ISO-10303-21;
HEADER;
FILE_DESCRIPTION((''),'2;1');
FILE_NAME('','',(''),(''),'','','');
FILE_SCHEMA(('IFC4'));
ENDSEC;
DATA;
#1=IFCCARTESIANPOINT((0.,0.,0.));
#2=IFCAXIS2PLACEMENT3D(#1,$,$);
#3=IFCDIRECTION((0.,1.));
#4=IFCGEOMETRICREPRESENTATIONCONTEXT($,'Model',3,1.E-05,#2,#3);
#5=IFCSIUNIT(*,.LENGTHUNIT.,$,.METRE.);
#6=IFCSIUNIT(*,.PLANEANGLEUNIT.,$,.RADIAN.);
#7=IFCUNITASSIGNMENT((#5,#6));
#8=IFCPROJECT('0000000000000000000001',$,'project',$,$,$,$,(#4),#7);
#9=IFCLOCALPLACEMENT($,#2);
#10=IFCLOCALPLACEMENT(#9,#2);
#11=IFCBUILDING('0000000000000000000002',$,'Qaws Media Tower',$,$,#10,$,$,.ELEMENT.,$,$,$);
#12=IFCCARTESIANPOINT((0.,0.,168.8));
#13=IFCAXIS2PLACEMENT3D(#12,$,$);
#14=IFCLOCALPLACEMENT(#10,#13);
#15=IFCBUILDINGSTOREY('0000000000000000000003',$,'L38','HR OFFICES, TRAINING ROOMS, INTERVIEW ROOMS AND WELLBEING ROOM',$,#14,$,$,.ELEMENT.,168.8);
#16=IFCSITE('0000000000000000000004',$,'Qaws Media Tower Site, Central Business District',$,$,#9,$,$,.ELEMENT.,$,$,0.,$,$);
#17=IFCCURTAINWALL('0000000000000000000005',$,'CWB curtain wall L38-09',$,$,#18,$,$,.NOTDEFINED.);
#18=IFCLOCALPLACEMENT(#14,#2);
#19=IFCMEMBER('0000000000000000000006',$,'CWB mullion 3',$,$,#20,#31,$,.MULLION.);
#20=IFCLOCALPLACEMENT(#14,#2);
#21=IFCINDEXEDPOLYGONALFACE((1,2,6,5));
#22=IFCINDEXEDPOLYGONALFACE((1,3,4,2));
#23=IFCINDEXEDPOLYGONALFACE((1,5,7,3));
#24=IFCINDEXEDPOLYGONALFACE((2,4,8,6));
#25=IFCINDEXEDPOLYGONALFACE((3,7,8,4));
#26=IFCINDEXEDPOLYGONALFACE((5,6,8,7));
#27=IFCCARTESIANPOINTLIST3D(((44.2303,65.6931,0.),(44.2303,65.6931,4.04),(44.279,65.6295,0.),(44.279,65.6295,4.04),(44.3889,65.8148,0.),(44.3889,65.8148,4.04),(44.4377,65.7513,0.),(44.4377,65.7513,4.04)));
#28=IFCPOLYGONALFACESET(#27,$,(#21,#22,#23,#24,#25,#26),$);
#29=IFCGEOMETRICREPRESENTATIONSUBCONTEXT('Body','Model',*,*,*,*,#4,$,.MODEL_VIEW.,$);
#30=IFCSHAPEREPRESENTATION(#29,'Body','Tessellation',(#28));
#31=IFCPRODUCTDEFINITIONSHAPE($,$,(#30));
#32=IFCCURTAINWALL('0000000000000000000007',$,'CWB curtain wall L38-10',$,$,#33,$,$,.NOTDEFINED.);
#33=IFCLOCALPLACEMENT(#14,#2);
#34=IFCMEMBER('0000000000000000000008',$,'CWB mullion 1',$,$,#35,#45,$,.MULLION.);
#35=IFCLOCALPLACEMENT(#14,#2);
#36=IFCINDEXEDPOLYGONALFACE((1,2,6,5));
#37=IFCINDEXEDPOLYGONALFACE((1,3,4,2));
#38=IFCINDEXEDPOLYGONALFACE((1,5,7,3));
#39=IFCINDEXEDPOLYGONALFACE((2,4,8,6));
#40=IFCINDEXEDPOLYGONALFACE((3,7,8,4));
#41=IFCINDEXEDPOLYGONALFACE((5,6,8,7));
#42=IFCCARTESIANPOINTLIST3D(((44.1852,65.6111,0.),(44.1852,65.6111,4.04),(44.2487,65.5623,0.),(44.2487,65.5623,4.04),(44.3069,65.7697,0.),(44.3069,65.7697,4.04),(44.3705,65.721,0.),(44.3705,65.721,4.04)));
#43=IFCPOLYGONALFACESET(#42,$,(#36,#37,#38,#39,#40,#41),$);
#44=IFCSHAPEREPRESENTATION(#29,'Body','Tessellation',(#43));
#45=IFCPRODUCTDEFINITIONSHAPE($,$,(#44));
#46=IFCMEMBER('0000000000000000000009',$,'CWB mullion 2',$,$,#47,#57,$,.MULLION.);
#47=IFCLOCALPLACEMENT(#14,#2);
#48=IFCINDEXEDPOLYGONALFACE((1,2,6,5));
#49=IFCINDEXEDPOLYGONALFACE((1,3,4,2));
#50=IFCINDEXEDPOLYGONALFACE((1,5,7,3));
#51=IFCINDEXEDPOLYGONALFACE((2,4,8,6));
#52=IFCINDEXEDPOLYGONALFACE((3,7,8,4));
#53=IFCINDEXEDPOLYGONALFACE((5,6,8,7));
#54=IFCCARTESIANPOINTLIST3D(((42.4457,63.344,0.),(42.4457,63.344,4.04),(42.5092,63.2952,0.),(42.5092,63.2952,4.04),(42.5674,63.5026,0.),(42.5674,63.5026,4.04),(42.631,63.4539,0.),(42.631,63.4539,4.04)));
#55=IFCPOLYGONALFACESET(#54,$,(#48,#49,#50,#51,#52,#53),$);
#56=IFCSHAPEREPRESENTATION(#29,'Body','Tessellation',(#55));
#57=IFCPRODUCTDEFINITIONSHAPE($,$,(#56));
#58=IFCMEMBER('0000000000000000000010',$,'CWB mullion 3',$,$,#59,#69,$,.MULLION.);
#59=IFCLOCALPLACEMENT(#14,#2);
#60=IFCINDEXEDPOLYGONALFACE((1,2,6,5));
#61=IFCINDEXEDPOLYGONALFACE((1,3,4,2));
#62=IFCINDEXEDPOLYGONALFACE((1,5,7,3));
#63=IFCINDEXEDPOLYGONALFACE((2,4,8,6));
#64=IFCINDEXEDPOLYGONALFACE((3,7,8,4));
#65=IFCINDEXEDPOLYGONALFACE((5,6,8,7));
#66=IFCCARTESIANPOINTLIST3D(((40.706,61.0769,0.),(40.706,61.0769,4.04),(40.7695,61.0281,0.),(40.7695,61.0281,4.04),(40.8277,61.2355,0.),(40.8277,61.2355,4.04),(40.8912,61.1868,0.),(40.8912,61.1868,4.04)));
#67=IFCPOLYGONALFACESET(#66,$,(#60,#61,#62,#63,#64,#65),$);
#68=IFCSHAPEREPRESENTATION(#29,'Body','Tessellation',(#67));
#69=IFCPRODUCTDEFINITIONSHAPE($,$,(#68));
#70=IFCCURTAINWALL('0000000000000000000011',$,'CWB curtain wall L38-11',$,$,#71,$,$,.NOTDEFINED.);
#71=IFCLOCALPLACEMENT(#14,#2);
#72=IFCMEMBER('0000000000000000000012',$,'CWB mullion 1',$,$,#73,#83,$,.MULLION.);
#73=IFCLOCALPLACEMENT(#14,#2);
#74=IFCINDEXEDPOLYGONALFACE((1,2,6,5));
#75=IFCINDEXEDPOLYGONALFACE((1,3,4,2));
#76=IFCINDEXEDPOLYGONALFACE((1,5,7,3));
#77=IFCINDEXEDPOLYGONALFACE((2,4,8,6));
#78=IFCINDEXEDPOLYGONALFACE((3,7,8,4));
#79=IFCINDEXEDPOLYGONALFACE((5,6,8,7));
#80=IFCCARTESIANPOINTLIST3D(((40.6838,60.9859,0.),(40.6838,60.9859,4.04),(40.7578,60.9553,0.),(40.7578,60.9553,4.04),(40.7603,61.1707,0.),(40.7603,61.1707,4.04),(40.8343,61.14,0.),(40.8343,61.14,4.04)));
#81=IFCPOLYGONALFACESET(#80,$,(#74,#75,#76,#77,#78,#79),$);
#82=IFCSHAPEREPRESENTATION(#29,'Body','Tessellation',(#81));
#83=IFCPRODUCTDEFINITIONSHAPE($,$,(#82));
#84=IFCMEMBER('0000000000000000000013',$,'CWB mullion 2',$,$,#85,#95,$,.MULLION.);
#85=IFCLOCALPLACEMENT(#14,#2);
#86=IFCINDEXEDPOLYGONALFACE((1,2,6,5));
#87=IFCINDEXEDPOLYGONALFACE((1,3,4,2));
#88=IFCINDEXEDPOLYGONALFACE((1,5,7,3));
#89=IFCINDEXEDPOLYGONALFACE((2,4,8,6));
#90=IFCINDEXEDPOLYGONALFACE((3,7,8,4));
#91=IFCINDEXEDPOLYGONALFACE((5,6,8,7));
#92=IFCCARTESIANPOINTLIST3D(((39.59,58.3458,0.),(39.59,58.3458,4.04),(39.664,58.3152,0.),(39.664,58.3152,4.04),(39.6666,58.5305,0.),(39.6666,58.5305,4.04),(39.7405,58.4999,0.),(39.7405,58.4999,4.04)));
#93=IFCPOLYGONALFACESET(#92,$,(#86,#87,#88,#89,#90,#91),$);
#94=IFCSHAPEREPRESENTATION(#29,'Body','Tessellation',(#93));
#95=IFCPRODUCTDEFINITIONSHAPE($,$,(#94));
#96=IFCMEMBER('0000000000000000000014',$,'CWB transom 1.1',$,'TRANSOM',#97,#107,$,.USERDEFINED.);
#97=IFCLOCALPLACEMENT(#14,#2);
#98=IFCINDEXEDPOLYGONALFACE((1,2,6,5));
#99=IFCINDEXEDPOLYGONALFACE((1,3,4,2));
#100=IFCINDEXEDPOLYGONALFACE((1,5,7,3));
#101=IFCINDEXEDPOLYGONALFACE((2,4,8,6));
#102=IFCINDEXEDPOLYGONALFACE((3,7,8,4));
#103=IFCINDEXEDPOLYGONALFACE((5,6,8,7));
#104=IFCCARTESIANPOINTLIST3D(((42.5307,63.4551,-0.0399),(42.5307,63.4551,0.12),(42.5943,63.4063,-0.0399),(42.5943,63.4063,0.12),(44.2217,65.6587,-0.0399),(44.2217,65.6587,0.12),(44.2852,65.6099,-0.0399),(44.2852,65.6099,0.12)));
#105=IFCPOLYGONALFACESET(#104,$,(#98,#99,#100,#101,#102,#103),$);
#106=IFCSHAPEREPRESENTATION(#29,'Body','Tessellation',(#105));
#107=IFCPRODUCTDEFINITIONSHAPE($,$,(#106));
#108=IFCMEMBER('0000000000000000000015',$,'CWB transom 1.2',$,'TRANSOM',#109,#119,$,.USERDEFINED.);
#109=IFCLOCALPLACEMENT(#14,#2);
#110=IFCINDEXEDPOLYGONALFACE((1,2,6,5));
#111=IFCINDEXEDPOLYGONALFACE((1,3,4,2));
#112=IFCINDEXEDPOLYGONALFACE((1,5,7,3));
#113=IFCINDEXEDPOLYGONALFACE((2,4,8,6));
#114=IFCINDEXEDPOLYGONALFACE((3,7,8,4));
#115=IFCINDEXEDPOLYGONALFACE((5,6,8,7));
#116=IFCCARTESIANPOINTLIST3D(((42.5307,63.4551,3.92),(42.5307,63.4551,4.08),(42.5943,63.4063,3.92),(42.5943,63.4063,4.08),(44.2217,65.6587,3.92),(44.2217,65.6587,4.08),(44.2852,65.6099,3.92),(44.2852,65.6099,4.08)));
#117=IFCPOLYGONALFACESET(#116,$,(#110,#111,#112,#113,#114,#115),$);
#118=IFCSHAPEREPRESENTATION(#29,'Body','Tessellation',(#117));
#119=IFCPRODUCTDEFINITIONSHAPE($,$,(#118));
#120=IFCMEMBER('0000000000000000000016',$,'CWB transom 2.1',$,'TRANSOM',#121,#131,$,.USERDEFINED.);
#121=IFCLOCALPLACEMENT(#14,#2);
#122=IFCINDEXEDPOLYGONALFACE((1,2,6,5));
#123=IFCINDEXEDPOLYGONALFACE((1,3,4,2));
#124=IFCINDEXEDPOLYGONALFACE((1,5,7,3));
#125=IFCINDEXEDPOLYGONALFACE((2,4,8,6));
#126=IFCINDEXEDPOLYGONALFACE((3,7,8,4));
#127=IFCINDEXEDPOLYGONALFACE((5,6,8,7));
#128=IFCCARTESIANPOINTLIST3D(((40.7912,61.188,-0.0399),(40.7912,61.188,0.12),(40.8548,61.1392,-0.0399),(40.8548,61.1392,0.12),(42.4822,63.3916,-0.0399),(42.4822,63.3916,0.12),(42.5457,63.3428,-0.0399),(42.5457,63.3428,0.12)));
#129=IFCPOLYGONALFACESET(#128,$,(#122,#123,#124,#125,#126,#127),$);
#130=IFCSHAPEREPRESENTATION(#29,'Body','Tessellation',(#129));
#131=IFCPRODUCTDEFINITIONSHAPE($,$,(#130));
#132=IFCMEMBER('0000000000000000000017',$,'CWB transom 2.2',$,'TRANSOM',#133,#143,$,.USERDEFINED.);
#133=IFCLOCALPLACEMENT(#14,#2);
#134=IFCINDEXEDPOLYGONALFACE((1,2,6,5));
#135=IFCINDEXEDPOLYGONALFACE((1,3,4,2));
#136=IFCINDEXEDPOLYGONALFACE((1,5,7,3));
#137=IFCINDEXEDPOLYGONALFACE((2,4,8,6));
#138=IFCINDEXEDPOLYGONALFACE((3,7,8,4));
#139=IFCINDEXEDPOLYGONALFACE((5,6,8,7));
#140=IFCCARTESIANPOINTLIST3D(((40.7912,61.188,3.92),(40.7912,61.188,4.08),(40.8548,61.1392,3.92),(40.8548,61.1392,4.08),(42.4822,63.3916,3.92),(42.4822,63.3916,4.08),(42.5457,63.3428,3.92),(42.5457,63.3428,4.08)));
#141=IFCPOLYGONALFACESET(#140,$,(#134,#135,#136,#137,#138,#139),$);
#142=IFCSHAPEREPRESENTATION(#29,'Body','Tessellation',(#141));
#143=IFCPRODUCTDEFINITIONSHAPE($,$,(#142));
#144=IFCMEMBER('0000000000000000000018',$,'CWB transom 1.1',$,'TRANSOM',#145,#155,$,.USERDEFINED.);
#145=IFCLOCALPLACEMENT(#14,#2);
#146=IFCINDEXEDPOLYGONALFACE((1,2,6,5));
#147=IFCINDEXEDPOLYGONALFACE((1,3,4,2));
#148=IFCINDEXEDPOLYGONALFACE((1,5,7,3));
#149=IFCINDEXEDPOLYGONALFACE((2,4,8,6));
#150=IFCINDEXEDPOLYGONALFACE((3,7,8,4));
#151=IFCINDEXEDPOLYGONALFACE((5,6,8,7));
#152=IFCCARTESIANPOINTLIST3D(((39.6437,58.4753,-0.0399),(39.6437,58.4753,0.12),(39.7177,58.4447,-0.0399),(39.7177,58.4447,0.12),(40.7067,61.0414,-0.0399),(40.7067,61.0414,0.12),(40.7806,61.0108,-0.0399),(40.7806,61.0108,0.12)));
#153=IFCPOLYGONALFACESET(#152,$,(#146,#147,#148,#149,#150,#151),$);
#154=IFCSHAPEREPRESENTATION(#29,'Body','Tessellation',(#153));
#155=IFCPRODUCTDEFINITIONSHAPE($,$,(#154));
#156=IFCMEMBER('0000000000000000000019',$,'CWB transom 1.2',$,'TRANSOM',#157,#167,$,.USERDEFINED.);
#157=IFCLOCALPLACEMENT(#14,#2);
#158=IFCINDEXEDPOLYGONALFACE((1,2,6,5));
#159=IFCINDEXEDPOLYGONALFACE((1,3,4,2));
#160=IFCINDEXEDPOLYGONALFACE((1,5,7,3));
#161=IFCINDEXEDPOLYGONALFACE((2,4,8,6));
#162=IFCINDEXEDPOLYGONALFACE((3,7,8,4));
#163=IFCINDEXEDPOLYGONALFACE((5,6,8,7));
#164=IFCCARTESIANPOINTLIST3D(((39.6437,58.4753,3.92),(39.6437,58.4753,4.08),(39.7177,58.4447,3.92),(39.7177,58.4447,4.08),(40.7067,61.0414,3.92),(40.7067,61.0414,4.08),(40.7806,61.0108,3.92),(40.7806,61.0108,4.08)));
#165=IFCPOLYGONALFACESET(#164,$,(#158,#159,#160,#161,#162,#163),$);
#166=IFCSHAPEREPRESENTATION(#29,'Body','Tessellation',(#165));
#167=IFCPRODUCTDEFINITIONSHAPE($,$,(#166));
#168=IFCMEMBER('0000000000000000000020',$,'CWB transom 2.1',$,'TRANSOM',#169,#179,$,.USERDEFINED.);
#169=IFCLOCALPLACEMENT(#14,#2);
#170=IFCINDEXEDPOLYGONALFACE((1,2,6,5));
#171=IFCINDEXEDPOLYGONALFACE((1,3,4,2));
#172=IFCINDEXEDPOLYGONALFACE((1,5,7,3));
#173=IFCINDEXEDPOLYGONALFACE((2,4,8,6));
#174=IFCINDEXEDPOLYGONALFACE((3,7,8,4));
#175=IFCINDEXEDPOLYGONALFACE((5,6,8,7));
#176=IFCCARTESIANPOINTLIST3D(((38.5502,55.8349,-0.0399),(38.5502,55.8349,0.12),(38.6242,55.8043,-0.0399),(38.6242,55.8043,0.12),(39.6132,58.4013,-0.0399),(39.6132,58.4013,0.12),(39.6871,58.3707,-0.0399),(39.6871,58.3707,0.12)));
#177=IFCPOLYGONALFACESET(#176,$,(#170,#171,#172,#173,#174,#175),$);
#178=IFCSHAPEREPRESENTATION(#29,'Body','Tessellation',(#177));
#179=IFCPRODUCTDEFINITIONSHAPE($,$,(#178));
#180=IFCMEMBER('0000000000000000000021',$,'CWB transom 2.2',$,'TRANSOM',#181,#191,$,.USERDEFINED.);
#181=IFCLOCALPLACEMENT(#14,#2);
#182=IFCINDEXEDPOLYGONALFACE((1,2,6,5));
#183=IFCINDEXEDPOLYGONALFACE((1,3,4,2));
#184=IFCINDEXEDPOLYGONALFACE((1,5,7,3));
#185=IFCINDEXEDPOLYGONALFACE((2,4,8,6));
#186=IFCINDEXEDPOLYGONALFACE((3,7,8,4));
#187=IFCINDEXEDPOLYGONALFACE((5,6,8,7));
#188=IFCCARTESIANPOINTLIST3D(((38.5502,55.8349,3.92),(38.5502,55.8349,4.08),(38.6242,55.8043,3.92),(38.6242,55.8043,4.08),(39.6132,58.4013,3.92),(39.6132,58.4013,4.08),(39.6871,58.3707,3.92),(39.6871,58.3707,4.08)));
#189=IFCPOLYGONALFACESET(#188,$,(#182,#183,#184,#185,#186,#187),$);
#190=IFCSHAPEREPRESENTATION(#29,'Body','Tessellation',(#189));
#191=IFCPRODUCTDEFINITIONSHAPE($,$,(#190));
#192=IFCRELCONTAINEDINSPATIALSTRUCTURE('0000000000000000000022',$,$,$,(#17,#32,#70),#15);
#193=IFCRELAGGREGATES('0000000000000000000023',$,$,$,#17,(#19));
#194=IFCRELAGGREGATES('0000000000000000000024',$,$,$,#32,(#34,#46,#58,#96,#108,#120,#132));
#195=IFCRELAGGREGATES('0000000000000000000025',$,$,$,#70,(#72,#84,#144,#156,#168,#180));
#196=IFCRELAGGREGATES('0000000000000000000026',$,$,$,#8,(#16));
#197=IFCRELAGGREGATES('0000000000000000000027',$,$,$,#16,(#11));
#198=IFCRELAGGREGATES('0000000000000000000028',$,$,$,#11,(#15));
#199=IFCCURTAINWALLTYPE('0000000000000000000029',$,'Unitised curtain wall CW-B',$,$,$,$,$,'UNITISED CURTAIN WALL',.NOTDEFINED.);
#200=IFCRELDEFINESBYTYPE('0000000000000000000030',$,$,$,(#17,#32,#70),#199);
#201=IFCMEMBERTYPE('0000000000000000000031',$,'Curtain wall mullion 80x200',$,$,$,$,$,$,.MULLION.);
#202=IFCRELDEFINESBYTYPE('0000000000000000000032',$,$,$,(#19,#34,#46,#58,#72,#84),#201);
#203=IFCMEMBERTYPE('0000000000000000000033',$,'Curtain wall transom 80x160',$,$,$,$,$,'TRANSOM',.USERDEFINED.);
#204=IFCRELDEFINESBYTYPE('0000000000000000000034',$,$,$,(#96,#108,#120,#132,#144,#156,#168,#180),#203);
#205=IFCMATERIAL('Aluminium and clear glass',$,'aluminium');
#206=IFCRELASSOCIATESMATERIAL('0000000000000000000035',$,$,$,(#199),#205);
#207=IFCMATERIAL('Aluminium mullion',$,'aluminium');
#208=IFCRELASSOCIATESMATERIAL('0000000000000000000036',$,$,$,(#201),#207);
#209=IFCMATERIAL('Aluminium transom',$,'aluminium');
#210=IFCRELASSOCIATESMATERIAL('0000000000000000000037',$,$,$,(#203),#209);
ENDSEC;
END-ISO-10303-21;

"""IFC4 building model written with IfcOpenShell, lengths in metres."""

from ifc_helpers import new_model, si_unit, direction, frame, origin, origin_2d, place, context, subcontext, project, spatial, rectangle, extrude, material, material_profile, profile_set, type_object, element, aggregate, save


model = new_model("IFC4")

# Units and contexts
model_context = context("Model", 3, precision=1e-05, world=origin(), true_north=direction((0.0, 1.0)))
body_context = subcontext(model_context, "Body", "Model", "MODEL_VIEW")
ifc_project = project(units=[si_unit("LENGTHUNIT", "METRE"), si_unit("PLANEANGLEUNIT", "RADIAN")], contexts=[model_context])

# Site, building, storey
site_placement = place(None, origin())
site = spatial("IfcSite", under=ifc_project, at=site_placement, Name="Qaws Media Tower Site, Central Business District", CompositionType="ELEMENT", RefElevation=0.0)
building_placement = place(site_placement, origin())
building = spatial("IfcBuilding", under=site, at=building_placement, Name="Qaws Media Tower", CompositionType="ELEMENT")
storey_placement = place(building_placement, frame((0.0, 0.0, 168.8)))
storey = spatial("IfcBuildingStorey", under=building, at=storey_placement, Name="L38", Description="HR OFFICES, TRAINING ROOMS, INTERVIEW ROOMS AND WELLBEING ROOM", CompositionType="ELEMENT", Elevation=168.8)

# Curtain wall, member
ifc_material_1 = material(Name="Aluminium and clear glass", Category="aluminium")
curtain_wall_type = type_object("IfcCurtainWallType", Name="Unitised curtain wall CW-B", ElementType="UNITISED CURTAIN WALL", PredefinedType="NOTDEFINED", material=ifc_material_1)
curtain_wall_1_placement = place(storey_placement, origin())
curtain_wall_1 = element("IfcCurtainWall", 1, at=curtain_wall_1_placement, inside=storey, type_object=curtain_wall_type, Name="CWB curtain wall L38-09", PredefinedType="NOTDEFINED")
ifc_material_2 = material(Name="Aluminium mullion", Category="aluminium")
ifc_material_profile_1 = material_profile(ifc_material_2, rectangle(XDim=0.0801, YDim=0.2, at=origin_2d()), Name="80x200")
ifc_profile_set_1 = profile_set([ifc_material_profile_1], Name="Aluminium mullion")
member_type_1 = type_object("IfcMemberType", Name="Curtain wall mullion 80x200", PredefinedType="MULLION", material=ifc_profile_set_1)
member_1_placement = place(storey_placement, frame((44.334, 65.7222, 0.0), z_axis=(0.0, 0.0, 1.0), x_axis=(0.608761, -0.793353, 0.0)))
member_1 = element("IfcMember", 2, at=member_1_placement, type_object=member_type_1, Name="CWB mullion 3", PredefinedType="MULLION", context=body_context, shape_type="SweptSolid", body=[
    extrude(rectangle(XDim=0.0801, YDim=0.2, at=origin_2d()), origin(), (0.0, 0.0, 1.0), 4.04),
])
aggregate(curtain_wall_1, [member_1])

# Curtain walls, members
curtain_wall_2_placement = place(storey_placement, origin())
curtain_wall_2 = element("IfcCurtainWall", 3, at=curtain_wall_2_placement, inside=storey, type_object=curtain_wall_type, Name="CWB curtain wall L38-10", PredefinedType="NOTDEFINED")
member_2_placement = place(storey_placement, frame((44.2778, 65.666, 0.0), z_axis=(0.0, 0.0, 1.0), x_axis=(0.793353, -0.608761, 0.0)))
member_2 = element("IfcMember", 4, at=member_2_placement, type_object=member_type_1, Name="CWB mullion 1", PredefinedType="MULLION", context=body_context, shape_type="SweptSolid", body=[
    extrude(rectangle(XDim=0.0801, YDim=0.2, at=origin_2d()), origin(), (0.0, 0.0, 1.0), 4.04),
])
member_3_placement = place(storey_placement, frame((42.5383, 63.3989, 0.0), z_axis=(0.0, 0.0, 1.0), x_axis=(0.793353, -0.608761, 0.0)))
member_3 = element("IfcMember", 5, at=member_3_placement, type_object=member_type_1, Name="CWB mullion 2", PredefinedType="MULLION", context=body_context, shape_type="SweptSolid", body=[
    extrude(rectangle(XDim=0.0801, YDim=0.2, at=origin_2d()), origin(), (0.0, 0.0, 1.0), 4.04),
])
member_4_placement = place(storey_placement, frame((40.7986, 61.1318, 0.0), z_axis=(0.0, 0.0, 1.0), x_axis=(0.793353, -0.608761, 0.0)))
member_4 = element("IfcMember", 6, at=member_4_placement, type_object=member_type_1, Name="CWB mullion 3", PredefinedType="MULLION", context=body_context, shape_type="SweptSolid", body=[
    extrude(rectangle(XDim=0.0801, YDim=0.2, at=origin_2d()), origin(), (0.0, 0.0, 1.0), 4.04),
])
curtain_wall_3_placement = place(storey_placement, origin())
curtain_wall_3 = element("IfcCurtainWall", 7, at=curtain_wall_3_placement, inside=storey, type_object=curtain_wall_type, Name="CWB curtain wall L38-11", PredefinedType="NOTDEFINED")
member_5_placement = place(storey_placement, frame((40.759, 61.063, 0.0), z_axis=(0.0, 0.0, 1.0), x_axis=(0.92388, -0.382683, 0.0)))
member_5 = element("IfcMember", 8, at=member_5_placement, type_object=member_type_1, Name="CWB mullion 1", PredefinedType="MULLION", context=body_context, shape_type="SweptSolid", body=[
    extrude(rectangle(XDim=0.0801, YDim=0.2, at=origin_2d()), origin(), (0.0, 0.0, 1.0), 4.04),
])
member_6_placement = place(storey_placement, frame((39.6653, 58.4229, 0.0), z_axis=(0.0, 0.0, 1.0), x_axis=(0.92388, -0.382683, 0.0)))
member_6 = element("IfcMember", 9, at=member_6_placement, type_object=member_type_1, Name="CWB mullion 2", PredefinedType="MULLION", context=body_context, shape_type="SweptSolid", body=[
    extrude(rectangle(XDim=0.0801, YDim=0.2, at=origin_2d()), origin(), (0.0, 0.0, 1.0), 4.04),
])

# Members
ifc_material_3 = material(Name="Aluminium transom", Category="aluminium")
ifc_material_profile_2 = material_profile(ifc_material_3, rectangle(XDim=0.0801, YDim=0.1599, at=origin_2d()), Name="80x160")
ifc_profile_set_2 = profile_set([ifc_material_profile_2], Name="Aluminium transom")
member_type_2 = type_object("IfcMemberType", Name="Curtain wall transom 80x160", ElementType="TRANSOM", PredefinedType="USERDEFINED", material=ifc_profile_set_2)
member_7_placement = place(storey_placement, frame((44.2534, 65.6343, 0.04), z_axis=(-0.608767, -0.793349, 0.0), x_axis=(0.793349, -0.608767, 0.0)))
member_7 = element("IfcMember", 10, at=member_7_placement, type_object=member_type_2, Name="CWB transom 1.1", ObjectType="TRANSOM", PredefinedType="USERDEFINED", context=body_context, shape_type="SweptSolid", body=[
    extrude(rectangle(XDim=0.0801, YDim=0.1599, at=origin_2d()), origin(), (0.0, 0.0, 1.0), 2.7776),
])
member_8_placement = place(storey_placement, frame((44.2534, 65.6343, 4.0), z_axis=(-0.608767, -0.793349, 0.0), x_axis=(0.793349, -0.608767, 0.0)))
member_8 = element("IfcMember", 11, at=member_8_placement, type_object=member_type_2, Name="CWB transom 1.2", ObjectType="TRANSOM", PredefinedType="USERDEFINED", context=body_context, shape_type="SweptSolid", body=[
    extrude(rectangle(XDim=0.0801, YDim=0.1599, at=origin_2d()), origin(), (0.0, 0.0, 1.0), 2.7776),
])
member_9_placement = place(storey_placement, frame((42.5139, 63.3672, 0.04), z_axis=(-0.608767, -0.793349, 0.0), x_axis=(0.793349, -0.608767, 0.0)))
member_9 = element("IfcMember", 12, at=member_9_placement, type_object=member_type_2, Name="CWB transom 2.1", ObjectType="TRANSOM", PredefinedType="USERDEFINED", context=body_context, shape_type="SweptSolid", body=[
    extrude(rectangle(XDim=0.0801, YDim=0.1599, at=origin_2d()), origin(), (0.0, 0.0, 1.0), 2.7776),
])
member_10_placement = place(storey_placement, frame((42.5139, 63.3672, 4.0), z_axis=(-0.608767, -0.793349, 0.0), x_axis=(0.793349, -0.608767, 0.0)))
member_10 = element("IfcMember", 13, at=member_10_placement, type_object=member_type_2, Name="CWB transom 2.2", ObjectType="TRANSOM", PredefinedType="USERDEFINED", context=body_context, shape_type="SweptSolid", body=[
    extrude(rectangle(XDim=0.0801, YDim=0.1599, at=origin_2d()), origin(), (0.0, 0.0, 1.0), 2.7776),
])
member_11_placement = place(storey_placement, frame((40.7437, 61.0261, 0.04), z_axis=(-0.382699, -0.923873, 0.0), x_axis=(0.923873, -0.382699, 0.0)))
member_11 = element("IfcMember", 14, at=member_11_placement, type_object=member_type_2, Name="CWB transom 1.1", ObjectType="TRANSOM", PredefinedType="USERDEFINED", context=body_context, shape_type="SweptSolid", body=[
    extrude(rectangle(XDim=0.0801, YDim=0.1599, at=origin_2d()), origin(), (0.0, 0.0, 1.0), 2.7776),
])
member_12_placement = place(storey_placement, frame((40.7437, 61.0261, 4.0), z_axis=(-0.382699, -0.923873, 0.0), x_axis=(0.923873, -0.382699, 0.0)))
member_12 = element("IfcMember", 15, at=member_12_placement, type_object=member_type_2, Name="CWB transom 1.2", ObjectType="TRANSOM", PredefinedType="USERDEFINED", context=body_context, shape_type="SweptSolid", body=[
    extrude(rectangle(XDim=0.0801, YDim=0.1599, at=origin_2d()), origin(), (0.0, 0.0, 1.0), 2.7776),
])
member_13_placement = place(storey_placement, frame((39.6501, 58.386, 0.04), z_axis=(-0.382667, -0.923886, 0.0), x_axis=(0.923886, -0.382667, 0.0)))
member_13 = element("IfcMember", 16, at=member_13_placement, type_object=member_type_2, Name="CWB transom 2.1", ObjectType="TRANSOM", PredefinedType="USERDEFINED", context=body_context, shape_type="SweptSolid", body=[
    extrude(rectangle(XDim=0.0801, YDim=0.1599, at=origin_2d()), origin(), (0.0, 0.0, 1.0), 2.7778),
])
member_14_placement = place(storey_placement, frame((39.6501, 58.386, 4.0), z_axis=(-0.382667, -0.923886, 0.0), x_axis=(0.923886, -0.382667, 0.0)))
member_14 = element("IfcMember", 17, at=member_14_placement, type_object=member_type_2, Name="CWB transom 2.2", ObjectType="TRANSOM", PredefinedType="USERDEFINED", context=body_context, shape_type="SweptSolid", body=[
    extrude(rectangle(XDim=0.0801, YDim=0.1599, at=origin_2d()), origin(), (0.0, 0.0, 1.0), 2.7778),
])

aggregate(curtain_wall_2, [member_2, member_3, member_4, member_7, member_8, member_9, member_10])
aggregate(curtain_wall_3, [member_5, member_6, member_11, member_12, member_13, member_14])

save(model, "model.ifc")
